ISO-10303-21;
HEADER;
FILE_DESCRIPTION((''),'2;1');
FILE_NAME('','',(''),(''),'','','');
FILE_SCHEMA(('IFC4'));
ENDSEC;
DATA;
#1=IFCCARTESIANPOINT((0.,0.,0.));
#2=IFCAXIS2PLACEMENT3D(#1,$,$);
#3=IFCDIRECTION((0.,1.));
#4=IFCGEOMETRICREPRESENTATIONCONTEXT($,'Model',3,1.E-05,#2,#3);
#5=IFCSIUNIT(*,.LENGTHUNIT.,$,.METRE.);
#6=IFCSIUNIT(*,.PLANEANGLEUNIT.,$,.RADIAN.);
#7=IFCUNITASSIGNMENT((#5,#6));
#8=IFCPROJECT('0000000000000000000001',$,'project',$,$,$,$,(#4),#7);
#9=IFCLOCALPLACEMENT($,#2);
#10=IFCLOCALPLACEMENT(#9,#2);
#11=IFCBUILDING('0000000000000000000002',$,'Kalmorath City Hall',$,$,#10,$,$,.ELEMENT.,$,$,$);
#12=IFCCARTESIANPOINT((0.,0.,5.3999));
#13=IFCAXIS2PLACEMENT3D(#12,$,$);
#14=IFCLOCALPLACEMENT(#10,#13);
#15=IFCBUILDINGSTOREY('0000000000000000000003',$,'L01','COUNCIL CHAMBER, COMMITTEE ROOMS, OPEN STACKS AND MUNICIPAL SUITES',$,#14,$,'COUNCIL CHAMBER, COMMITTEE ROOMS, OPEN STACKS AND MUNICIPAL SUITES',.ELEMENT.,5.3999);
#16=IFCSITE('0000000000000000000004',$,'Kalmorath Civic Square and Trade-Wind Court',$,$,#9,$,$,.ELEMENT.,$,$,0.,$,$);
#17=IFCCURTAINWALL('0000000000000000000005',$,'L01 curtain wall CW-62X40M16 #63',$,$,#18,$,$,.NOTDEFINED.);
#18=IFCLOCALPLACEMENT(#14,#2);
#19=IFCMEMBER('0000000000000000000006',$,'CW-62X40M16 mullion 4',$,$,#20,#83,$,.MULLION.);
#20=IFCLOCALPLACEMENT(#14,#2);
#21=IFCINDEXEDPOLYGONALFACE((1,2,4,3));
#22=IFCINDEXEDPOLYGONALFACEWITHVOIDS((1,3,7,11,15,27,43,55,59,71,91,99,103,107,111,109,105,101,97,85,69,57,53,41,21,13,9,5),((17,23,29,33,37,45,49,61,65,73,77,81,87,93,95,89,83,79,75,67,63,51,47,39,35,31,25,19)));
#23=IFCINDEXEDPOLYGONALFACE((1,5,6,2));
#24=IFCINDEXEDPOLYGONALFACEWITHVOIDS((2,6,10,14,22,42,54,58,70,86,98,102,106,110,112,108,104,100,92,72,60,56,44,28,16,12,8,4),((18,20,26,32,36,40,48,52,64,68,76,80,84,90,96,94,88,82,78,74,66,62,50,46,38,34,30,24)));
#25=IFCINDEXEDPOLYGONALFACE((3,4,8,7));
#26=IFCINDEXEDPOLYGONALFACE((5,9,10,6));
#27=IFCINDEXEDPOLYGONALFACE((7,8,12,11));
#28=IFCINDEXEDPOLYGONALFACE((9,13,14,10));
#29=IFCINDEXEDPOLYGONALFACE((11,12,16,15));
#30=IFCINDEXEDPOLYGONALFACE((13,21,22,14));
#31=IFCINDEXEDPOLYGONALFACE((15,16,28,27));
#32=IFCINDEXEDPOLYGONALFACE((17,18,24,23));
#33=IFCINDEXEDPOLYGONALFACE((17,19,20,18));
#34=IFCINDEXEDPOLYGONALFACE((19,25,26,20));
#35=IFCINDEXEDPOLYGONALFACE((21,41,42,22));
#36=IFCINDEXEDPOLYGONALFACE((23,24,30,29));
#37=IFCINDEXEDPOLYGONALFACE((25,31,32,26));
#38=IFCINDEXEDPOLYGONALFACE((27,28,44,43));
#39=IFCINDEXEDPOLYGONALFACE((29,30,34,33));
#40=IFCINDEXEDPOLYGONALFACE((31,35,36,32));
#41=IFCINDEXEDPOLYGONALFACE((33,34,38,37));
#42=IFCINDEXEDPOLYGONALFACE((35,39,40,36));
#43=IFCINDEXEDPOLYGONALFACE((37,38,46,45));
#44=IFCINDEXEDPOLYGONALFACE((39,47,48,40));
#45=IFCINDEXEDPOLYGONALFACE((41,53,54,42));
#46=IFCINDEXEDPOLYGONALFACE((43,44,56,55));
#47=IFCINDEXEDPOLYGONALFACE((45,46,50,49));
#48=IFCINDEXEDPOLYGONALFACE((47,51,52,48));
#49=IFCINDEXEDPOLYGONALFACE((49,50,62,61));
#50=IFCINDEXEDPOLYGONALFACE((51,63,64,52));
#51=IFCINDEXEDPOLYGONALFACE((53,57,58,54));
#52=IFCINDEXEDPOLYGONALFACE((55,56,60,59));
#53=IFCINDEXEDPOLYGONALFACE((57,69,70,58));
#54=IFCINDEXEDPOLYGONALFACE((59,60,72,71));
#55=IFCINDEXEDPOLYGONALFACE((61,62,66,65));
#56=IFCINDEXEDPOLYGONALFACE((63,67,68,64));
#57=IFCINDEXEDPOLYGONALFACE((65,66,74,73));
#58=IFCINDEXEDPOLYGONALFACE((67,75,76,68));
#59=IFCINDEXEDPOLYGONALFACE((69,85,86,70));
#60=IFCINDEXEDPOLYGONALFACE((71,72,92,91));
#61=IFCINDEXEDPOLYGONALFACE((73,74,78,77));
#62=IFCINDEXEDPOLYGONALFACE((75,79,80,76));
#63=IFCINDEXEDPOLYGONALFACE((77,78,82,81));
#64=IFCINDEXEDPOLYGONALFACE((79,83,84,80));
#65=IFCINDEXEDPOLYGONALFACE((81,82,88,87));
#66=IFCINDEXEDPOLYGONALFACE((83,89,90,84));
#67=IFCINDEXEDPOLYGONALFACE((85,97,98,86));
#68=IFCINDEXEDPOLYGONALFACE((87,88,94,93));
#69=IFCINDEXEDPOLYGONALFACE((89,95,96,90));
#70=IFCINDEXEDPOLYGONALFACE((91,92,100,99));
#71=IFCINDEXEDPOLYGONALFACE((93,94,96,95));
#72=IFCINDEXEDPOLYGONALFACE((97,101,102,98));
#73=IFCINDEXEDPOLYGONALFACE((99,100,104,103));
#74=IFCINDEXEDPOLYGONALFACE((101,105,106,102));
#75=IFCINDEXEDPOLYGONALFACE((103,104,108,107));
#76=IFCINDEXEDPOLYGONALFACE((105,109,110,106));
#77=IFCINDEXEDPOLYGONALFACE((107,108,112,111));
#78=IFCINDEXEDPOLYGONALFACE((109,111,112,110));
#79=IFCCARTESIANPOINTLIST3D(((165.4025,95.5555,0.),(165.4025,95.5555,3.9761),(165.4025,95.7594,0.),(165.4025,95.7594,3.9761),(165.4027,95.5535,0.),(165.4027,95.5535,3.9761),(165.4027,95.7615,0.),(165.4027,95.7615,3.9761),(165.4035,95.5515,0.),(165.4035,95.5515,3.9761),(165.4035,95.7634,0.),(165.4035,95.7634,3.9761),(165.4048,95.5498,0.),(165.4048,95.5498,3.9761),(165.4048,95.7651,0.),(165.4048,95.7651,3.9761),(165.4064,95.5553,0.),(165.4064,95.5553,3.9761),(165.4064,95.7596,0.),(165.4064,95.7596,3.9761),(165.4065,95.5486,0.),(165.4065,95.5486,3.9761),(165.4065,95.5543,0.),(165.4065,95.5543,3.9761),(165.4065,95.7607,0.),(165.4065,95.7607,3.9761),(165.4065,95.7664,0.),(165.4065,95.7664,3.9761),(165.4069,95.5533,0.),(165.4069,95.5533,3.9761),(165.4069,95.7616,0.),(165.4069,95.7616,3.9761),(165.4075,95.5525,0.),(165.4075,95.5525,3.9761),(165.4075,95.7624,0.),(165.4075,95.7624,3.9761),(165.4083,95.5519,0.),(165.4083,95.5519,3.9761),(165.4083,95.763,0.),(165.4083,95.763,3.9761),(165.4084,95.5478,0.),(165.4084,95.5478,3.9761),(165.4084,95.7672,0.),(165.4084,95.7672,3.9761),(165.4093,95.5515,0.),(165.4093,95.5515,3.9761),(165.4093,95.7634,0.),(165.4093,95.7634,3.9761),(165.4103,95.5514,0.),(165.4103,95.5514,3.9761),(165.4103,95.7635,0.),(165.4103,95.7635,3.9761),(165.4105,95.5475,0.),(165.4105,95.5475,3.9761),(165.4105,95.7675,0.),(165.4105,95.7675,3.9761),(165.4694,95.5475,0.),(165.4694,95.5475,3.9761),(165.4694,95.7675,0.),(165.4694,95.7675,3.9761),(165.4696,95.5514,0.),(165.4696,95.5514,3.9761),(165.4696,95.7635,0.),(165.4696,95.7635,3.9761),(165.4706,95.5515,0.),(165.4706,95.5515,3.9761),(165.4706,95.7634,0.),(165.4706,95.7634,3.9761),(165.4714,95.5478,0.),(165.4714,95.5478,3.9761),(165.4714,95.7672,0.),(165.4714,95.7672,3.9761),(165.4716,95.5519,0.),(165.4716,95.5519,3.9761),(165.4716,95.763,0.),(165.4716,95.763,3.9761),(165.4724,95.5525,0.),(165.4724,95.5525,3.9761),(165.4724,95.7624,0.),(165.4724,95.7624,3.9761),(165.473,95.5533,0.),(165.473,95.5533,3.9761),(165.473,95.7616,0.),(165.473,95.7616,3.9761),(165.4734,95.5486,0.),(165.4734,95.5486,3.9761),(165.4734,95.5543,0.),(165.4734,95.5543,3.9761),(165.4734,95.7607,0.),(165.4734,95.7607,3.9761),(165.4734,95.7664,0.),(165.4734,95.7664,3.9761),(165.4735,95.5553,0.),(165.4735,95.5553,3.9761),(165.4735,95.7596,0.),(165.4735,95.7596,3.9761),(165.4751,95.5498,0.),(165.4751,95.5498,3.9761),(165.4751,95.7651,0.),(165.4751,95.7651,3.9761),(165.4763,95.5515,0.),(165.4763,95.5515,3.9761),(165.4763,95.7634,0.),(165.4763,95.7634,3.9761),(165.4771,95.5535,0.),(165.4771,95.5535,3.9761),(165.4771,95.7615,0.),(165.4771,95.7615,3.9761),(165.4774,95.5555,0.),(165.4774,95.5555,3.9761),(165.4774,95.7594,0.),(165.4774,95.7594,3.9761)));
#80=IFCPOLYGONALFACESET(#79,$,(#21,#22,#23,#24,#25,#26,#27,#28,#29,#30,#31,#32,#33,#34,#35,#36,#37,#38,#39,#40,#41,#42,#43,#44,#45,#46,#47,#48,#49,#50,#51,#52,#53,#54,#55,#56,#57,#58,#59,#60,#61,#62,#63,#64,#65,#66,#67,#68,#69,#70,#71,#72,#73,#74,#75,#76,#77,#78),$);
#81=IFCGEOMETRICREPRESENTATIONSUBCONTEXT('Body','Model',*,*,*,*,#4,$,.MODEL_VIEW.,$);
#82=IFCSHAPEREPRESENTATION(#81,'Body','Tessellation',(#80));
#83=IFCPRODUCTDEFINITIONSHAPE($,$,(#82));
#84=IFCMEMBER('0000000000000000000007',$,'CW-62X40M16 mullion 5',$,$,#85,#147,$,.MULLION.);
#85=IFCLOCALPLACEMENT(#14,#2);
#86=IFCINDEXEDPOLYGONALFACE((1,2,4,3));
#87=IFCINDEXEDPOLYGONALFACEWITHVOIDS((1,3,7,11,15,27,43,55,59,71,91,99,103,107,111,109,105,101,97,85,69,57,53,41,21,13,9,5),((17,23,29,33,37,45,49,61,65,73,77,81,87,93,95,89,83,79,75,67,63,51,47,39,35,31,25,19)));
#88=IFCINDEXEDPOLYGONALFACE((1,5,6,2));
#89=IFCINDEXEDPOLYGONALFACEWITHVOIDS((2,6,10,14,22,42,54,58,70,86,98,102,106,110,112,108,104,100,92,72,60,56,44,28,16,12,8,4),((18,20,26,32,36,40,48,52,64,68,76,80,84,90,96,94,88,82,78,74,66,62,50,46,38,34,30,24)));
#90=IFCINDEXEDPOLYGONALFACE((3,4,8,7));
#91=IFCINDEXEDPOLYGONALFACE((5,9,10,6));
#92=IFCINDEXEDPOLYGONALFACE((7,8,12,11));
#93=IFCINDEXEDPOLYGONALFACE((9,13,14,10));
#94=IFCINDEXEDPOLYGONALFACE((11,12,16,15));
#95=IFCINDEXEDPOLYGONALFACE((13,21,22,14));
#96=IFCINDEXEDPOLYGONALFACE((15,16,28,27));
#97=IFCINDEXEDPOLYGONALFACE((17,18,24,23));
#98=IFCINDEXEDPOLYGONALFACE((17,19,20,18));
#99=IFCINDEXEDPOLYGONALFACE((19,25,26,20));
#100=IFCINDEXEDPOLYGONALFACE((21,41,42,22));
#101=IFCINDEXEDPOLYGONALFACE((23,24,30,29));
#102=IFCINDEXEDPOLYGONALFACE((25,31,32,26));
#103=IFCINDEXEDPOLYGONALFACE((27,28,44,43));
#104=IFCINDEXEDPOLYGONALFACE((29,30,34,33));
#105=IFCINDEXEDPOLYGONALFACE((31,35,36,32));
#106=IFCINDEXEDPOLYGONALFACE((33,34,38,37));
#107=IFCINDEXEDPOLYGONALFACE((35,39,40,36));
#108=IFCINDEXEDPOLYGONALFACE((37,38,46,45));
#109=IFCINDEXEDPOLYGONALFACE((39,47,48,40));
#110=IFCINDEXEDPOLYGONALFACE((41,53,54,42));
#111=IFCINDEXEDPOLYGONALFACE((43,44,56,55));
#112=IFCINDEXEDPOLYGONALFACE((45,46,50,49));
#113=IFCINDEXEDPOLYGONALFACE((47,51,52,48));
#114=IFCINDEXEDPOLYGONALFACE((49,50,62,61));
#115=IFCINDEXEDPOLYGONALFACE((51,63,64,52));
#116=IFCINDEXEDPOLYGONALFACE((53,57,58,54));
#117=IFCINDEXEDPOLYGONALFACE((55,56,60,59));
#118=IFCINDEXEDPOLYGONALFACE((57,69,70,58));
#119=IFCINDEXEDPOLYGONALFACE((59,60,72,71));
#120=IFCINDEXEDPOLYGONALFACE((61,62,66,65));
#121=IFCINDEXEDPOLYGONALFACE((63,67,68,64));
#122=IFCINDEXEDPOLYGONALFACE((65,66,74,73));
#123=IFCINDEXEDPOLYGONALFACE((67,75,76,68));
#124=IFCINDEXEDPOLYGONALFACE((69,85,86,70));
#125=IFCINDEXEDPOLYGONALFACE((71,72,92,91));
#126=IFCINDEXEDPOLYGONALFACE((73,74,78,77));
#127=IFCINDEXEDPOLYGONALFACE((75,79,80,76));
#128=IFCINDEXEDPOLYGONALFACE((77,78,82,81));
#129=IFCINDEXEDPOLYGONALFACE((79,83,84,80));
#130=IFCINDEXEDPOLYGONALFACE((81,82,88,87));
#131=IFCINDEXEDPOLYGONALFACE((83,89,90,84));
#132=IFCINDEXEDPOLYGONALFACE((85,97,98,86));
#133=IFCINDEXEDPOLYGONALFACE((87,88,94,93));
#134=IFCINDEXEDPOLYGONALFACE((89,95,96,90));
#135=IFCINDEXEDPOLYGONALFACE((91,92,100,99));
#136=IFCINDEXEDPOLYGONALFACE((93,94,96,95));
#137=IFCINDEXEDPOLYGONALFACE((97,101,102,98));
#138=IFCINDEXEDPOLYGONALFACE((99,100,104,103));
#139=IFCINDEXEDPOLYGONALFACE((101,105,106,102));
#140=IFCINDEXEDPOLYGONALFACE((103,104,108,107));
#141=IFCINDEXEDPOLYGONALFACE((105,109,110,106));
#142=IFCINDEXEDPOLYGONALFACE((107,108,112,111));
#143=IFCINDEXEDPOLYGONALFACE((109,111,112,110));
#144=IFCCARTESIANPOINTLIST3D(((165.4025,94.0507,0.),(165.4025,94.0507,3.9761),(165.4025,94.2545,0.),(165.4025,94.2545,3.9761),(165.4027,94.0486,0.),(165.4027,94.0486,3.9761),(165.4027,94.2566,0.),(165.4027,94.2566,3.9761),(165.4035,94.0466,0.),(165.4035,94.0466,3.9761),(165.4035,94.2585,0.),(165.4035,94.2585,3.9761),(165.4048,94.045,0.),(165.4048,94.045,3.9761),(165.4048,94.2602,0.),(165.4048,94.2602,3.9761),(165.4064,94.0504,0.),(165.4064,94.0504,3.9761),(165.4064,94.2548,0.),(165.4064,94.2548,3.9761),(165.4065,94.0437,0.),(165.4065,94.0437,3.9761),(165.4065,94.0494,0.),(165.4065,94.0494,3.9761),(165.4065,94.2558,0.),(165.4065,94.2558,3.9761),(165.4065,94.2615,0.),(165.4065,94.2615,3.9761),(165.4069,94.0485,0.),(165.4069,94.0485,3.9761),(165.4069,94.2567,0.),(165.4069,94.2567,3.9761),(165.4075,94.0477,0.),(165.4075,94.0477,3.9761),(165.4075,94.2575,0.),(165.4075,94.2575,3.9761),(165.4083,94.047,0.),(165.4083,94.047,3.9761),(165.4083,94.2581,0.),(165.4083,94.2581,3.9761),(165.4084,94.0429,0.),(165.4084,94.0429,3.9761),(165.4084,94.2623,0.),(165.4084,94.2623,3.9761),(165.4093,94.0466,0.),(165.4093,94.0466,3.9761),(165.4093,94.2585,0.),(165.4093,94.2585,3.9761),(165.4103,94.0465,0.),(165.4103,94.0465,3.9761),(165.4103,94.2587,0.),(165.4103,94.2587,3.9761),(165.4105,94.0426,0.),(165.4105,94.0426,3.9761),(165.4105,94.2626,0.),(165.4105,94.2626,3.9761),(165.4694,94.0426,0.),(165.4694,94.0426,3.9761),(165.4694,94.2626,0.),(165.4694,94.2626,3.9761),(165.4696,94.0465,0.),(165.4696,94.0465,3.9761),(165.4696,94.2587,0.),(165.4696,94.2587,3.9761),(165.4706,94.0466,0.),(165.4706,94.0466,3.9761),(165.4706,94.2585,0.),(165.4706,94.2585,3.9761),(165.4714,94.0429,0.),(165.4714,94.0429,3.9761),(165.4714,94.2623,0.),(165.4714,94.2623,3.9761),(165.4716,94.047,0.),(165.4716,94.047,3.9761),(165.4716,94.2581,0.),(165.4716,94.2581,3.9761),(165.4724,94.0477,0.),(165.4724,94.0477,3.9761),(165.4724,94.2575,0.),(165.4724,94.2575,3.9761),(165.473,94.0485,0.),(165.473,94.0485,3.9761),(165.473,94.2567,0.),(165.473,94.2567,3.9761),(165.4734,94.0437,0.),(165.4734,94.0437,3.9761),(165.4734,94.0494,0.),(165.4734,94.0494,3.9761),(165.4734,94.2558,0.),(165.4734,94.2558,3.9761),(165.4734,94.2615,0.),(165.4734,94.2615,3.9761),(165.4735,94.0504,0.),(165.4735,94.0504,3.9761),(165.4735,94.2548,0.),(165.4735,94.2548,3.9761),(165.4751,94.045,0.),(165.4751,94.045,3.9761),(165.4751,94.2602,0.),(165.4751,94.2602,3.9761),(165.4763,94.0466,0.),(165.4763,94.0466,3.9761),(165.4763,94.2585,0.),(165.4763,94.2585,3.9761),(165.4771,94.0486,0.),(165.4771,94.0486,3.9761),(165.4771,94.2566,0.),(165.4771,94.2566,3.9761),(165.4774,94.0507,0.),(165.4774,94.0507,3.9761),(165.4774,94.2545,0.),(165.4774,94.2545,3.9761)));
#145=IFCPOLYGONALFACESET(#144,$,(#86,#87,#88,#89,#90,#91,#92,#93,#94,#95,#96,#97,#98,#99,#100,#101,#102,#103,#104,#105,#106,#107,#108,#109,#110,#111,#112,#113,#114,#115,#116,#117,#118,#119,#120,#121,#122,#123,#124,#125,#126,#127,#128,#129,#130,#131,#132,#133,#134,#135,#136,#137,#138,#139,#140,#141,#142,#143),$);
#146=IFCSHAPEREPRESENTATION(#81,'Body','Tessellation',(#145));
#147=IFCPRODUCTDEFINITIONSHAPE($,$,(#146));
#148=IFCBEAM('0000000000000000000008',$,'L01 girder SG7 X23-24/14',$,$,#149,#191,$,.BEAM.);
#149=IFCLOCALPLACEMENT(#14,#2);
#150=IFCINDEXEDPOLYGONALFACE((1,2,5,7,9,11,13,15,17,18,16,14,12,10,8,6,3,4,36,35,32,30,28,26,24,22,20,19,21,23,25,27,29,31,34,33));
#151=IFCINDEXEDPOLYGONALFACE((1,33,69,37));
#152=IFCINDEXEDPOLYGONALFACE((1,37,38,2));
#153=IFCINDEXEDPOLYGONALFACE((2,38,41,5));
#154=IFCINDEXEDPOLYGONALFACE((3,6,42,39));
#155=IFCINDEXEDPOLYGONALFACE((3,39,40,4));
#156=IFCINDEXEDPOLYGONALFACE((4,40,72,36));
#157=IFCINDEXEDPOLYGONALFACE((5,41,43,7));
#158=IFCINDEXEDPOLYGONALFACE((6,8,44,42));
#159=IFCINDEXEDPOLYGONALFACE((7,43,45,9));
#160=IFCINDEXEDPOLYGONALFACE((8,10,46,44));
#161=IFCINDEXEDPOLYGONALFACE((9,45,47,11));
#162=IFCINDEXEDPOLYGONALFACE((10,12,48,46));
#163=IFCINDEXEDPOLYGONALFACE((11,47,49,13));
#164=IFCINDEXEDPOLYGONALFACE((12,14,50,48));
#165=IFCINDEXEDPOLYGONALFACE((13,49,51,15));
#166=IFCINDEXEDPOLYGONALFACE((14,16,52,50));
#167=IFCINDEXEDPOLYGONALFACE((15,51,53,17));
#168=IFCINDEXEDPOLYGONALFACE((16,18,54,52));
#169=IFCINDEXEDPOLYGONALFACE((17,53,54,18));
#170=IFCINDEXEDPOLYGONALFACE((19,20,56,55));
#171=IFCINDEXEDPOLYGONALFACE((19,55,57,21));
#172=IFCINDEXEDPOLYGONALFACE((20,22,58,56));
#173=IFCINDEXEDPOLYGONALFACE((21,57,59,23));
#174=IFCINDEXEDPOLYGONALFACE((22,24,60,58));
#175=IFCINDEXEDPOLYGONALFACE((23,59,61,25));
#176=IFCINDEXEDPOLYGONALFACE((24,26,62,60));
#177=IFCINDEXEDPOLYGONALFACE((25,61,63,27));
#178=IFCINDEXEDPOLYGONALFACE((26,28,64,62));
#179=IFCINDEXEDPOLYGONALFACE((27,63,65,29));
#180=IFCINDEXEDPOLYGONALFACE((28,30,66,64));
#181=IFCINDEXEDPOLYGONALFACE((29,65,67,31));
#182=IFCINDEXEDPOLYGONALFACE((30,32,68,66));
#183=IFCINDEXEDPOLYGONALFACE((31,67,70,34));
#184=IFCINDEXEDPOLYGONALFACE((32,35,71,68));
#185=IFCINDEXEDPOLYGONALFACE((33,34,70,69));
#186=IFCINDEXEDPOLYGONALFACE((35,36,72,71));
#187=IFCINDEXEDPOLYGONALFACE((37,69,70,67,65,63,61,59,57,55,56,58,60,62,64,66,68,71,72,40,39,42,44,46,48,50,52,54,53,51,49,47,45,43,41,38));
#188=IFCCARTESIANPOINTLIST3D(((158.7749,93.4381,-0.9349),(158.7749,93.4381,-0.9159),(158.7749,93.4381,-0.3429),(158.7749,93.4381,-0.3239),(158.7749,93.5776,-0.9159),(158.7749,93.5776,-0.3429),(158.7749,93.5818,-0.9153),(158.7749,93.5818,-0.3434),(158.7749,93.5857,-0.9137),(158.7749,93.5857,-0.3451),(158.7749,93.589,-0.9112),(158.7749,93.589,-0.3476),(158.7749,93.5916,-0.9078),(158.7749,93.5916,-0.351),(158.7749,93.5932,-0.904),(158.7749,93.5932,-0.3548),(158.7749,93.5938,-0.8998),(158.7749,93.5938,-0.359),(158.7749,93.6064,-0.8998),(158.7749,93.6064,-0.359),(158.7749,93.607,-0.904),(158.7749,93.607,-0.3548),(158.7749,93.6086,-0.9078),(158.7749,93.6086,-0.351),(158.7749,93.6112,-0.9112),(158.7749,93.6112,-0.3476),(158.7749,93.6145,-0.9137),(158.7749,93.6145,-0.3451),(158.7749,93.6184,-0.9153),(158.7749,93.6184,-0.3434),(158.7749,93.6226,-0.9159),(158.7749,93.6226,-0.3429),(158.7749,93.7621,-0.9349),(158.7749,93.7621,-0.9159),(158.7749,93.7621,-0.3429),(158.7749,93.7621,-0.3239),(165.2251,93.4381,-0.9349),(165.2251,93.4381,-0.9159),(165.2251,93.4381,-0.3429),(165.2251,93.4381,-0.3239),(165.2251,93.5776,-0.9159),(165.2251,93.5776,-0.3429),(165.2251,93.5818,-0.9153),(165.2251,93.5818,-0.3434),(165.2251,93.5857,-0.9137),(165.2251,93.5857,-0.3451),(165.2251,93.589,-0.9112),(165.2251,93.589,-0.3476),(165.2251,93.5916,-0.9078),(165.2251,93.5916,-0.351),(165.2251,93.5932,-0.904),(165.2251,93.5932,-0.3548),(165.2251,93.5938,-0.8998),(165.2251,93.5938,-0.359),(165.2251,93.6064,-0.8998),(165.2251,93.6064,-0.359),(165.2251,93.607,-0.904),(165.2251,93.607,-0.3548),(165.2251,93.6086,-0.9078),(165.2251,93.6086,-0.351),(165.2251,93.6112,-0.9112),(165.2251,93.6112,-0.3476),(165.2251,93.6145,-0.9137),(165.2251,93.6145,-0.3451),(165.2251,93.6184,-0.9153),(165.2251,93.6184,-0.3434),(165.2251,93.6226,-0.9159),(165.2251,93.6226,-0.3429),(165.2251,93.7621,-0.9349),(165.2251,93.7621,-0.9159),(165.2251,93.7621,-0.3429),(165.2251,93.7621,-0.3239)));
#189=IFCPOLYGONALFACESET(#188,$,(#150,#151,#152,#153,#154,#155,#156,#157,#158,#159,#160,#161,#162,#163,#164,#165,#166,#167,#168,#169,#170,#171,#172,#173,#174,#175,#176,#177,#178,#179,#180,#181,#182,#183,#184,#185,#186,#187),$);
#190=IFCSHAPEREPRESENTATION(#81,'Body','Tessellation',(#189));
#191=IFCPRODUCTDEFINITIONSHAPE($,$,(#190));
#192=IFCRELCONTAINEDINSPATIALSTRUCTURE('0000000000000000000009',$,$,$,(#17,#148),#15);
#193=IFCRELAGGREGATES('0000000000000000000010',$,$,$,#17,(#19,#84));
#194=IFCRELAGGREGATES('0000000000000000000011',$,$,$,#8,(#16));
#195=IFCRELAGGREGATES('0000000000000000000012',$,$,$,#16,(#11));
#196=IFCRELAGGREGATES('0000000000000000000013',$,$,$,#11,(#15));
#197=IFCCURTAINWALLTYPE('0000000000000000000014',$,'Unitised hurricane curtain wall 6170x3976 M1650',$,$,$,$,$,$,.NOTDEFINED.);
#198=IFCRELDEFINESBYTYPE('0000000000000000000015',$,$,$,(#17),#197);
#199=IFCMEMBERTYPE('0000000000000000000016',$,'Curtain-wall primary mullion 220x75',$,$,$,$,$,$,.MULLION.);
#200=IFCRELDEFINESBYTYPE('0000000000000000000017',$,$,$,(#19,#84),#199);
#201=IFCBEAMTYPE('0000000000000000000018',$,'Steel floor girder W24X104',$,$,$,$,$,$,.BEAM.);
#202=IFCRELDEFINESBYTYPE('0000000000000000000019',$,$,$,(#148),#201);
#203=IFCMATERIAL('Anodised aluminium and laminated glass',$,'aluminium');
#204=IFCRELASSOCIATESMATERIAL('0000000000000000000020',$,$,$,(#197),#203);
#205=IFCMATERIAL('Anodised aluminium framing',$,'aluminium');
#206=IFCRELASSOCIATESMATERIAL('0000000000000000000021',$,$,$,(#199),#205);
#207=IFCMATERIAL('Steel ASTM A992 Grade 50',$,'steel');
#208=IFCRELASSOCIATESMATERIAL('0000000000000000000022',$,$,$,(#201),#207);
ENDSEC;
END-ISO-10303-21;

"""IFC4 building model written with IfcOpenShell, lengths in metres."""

from ifc_helpers import new_model, si_unit, direction, frame, origin, origin_2d, place, context, subcontext, project, spatial, hollow_rectangle, i_section, extrude, material, material_profile, profile_set, type_object, element, aggregate, save


model = new_model("IFC4")

# Units and contexts
model_context = context("Model", 3, precision=1e-05, world=origin(), true_north=direction((0.0, 1.0)))
body_context = subcontext(model_context, "Body", "Model", "MODEL_VIEW")
ifc_project = project(units=[si_unit("LENGTHUNIT", "METRE"), si_unit("PLANEANGLEUNIT", "RADIAN")], contexts=[model_context])

# Site, building, storey
site_placement = place(None, origin())
site = spatial("IfcSite", under=ifc_project, at=site_placement, Name="Kalmorath Civic Square and Trade-Wind Court", CompositionType="ELEMENT", RefElevation=0.0)
building_placement = place(site_placement, origin())
building = spatial("IfcBuilding", under=site, at=building_placement, Name="Kalmorath City Hall", CompositionType="ELEMENT")
storey_placement = place(building_placement, frame((0.0, 0.0, 5.3999)))
storey = spatial("IfcBuildingStorey", under=building, at=storey_placement, Name="L01", Description="COUNCIL CHAMBER, COMMITTEE ROOMS, OPEN STACKS AND MUNICIPAL SUITES", LongName="COUNCIL CHAMBER, COMMITTEE ROOMS, OPEN STACKS AND MUNICIPAL SUITES", CompositionType="ELEMENT", Elevation=5.3999)

# Curtain wall, members
ifc_material_1 = material(Name="Anodised aluminium and laminated glass", Category="aluminium")
curtain_wall_type = type_object("IfcCurtainWallType", Name="Unitised hurricane curtain wall 6170x3976 M1650", PredefinedType="NOTDEFINED", material=ifc_material_1)
curtain_wall_placement = place(storey_placement, origin())
curtain_wall = element("IfcCurtainWall", 1, at=curtain_wall_placement, inside=storey, type_object=curtain_wall_type, Name="L01 curtain wall CW-62X40M16 #63", PredefinedType="NOTDEFINED")
ifc_material_2 = material(Name="Anodised aluminium framing", Category="aluminium")
ifc_material_profile_1 = material_profile(ifc_material_2, hollow_rectangle(XDim=0.075, YDim=0.22, WallThickness=0.0039, InnerFilletRadius=0.0039, OuterFilletRadius=0.0081, at=origin_2d()), Name="ALU-MUL-220X75X4")
ifc_profile_set_1 = profile_set([ifc_material_profile_1], Name="Anodised aluminium framing")
member_type_1 = type_object("IfcMemberType", Name="Curtain-wall primary mullion 220x75", PredefinedType="MULLION", material=ifc_profile_set_1)
member_1_placement = place(storey_placement, frame((165.4399, 95.6575, 0.0), z_axis=(0.0, 0.0, 1.0), x_axis=(1.0, 0.0, 0.0)))
member_1 = element("IfcMember", 2, at=member_1_placement, type_object=member_type_1, Name="CW-62X40M16 mullion 4", PredefinedType="MULLION", context=body_context, shape_type="SweptSolid", body=[
    extrude(hollow_rectangle(XDim=0.075, YDim=0.22, WallThickness=0.0039, InnerFilletRadius=0.0039, OuterFilletRadius=0.0081, at=origin_2d()), origin(), (0.0, 0.0, 1.0), 3.9761),
])
member_2_placement = place(storey_placement, frame((165.4399, 94.1526, 0.0), z_axis=(0.0, 0.0, 1.0), x_axis=(1.0, 0.0, 0.0)))
member_2 = element("IfcMember", 3, at=member_2_placement, type_object=member_type_1, Name="CW-62X40M16 mullion 5", PredefinedType="MULLION", context=body_context, shape_type="SweptSolid", body=[
    extrude(hollow_rectangle(XDim=0.075, YDim=0.22, WallThickness=0.0039, InnerFilletRadius=0.0039, OuterFilletRadius=0.0081, at=origin_2d()), origin(), (0.0, 0.0, 1.0), 3.9761),
])

# Beam
ifc_material_3 = material(Name="Steel ASTM A992 Grade 50", Category="steel")
ifc_material_profile_2 = material_profile(ifc_material_3, i_section(OverallWidth=0.324, OverallDepth=0.6111, WebThickness=0.0127, FlangeThickness=0.019, FilletRadius=0.0161, at=origin_2d()), Name="W24X104")
ifc_profile_set_2 = profile_set([ifc_material_profile_2], Name="Steel ASTM A992 Grade 50")
beam_type_1 = type_object("IfcBeamType", Name="Steel floor girder W24X104", PredefinedType="BEAM", material=ifc_profile_set_2)
beam_1_placement = place(storey_placement, frame((158.7749, 93.6001, -0.6294), z_axis=(1.0, 0.0, 0.0), x_axis=(0.0, 1.0, 0.0)))
element("IfcBeam", 4, at=beam_1_placement, inside=storey, type_object=beam_type_1, Name="L01 girder SG7 X23-24/14", PredefinedType="BEAM", context=body_context, shape_type="SweptSolid", body=[
    extrude(i_section(OverallWidth=0.324, OverallDepth=0.6111, WebThickness=0.0127, FlangeThickness=0.019, FilletRadius=0.0161, at=origin_2d()), origin(), (0.0, 0.0, 1.0), 6.4502),
])

aggregate(curtain_wall, [member_1, member_2])

save(model, "model.ifc")
